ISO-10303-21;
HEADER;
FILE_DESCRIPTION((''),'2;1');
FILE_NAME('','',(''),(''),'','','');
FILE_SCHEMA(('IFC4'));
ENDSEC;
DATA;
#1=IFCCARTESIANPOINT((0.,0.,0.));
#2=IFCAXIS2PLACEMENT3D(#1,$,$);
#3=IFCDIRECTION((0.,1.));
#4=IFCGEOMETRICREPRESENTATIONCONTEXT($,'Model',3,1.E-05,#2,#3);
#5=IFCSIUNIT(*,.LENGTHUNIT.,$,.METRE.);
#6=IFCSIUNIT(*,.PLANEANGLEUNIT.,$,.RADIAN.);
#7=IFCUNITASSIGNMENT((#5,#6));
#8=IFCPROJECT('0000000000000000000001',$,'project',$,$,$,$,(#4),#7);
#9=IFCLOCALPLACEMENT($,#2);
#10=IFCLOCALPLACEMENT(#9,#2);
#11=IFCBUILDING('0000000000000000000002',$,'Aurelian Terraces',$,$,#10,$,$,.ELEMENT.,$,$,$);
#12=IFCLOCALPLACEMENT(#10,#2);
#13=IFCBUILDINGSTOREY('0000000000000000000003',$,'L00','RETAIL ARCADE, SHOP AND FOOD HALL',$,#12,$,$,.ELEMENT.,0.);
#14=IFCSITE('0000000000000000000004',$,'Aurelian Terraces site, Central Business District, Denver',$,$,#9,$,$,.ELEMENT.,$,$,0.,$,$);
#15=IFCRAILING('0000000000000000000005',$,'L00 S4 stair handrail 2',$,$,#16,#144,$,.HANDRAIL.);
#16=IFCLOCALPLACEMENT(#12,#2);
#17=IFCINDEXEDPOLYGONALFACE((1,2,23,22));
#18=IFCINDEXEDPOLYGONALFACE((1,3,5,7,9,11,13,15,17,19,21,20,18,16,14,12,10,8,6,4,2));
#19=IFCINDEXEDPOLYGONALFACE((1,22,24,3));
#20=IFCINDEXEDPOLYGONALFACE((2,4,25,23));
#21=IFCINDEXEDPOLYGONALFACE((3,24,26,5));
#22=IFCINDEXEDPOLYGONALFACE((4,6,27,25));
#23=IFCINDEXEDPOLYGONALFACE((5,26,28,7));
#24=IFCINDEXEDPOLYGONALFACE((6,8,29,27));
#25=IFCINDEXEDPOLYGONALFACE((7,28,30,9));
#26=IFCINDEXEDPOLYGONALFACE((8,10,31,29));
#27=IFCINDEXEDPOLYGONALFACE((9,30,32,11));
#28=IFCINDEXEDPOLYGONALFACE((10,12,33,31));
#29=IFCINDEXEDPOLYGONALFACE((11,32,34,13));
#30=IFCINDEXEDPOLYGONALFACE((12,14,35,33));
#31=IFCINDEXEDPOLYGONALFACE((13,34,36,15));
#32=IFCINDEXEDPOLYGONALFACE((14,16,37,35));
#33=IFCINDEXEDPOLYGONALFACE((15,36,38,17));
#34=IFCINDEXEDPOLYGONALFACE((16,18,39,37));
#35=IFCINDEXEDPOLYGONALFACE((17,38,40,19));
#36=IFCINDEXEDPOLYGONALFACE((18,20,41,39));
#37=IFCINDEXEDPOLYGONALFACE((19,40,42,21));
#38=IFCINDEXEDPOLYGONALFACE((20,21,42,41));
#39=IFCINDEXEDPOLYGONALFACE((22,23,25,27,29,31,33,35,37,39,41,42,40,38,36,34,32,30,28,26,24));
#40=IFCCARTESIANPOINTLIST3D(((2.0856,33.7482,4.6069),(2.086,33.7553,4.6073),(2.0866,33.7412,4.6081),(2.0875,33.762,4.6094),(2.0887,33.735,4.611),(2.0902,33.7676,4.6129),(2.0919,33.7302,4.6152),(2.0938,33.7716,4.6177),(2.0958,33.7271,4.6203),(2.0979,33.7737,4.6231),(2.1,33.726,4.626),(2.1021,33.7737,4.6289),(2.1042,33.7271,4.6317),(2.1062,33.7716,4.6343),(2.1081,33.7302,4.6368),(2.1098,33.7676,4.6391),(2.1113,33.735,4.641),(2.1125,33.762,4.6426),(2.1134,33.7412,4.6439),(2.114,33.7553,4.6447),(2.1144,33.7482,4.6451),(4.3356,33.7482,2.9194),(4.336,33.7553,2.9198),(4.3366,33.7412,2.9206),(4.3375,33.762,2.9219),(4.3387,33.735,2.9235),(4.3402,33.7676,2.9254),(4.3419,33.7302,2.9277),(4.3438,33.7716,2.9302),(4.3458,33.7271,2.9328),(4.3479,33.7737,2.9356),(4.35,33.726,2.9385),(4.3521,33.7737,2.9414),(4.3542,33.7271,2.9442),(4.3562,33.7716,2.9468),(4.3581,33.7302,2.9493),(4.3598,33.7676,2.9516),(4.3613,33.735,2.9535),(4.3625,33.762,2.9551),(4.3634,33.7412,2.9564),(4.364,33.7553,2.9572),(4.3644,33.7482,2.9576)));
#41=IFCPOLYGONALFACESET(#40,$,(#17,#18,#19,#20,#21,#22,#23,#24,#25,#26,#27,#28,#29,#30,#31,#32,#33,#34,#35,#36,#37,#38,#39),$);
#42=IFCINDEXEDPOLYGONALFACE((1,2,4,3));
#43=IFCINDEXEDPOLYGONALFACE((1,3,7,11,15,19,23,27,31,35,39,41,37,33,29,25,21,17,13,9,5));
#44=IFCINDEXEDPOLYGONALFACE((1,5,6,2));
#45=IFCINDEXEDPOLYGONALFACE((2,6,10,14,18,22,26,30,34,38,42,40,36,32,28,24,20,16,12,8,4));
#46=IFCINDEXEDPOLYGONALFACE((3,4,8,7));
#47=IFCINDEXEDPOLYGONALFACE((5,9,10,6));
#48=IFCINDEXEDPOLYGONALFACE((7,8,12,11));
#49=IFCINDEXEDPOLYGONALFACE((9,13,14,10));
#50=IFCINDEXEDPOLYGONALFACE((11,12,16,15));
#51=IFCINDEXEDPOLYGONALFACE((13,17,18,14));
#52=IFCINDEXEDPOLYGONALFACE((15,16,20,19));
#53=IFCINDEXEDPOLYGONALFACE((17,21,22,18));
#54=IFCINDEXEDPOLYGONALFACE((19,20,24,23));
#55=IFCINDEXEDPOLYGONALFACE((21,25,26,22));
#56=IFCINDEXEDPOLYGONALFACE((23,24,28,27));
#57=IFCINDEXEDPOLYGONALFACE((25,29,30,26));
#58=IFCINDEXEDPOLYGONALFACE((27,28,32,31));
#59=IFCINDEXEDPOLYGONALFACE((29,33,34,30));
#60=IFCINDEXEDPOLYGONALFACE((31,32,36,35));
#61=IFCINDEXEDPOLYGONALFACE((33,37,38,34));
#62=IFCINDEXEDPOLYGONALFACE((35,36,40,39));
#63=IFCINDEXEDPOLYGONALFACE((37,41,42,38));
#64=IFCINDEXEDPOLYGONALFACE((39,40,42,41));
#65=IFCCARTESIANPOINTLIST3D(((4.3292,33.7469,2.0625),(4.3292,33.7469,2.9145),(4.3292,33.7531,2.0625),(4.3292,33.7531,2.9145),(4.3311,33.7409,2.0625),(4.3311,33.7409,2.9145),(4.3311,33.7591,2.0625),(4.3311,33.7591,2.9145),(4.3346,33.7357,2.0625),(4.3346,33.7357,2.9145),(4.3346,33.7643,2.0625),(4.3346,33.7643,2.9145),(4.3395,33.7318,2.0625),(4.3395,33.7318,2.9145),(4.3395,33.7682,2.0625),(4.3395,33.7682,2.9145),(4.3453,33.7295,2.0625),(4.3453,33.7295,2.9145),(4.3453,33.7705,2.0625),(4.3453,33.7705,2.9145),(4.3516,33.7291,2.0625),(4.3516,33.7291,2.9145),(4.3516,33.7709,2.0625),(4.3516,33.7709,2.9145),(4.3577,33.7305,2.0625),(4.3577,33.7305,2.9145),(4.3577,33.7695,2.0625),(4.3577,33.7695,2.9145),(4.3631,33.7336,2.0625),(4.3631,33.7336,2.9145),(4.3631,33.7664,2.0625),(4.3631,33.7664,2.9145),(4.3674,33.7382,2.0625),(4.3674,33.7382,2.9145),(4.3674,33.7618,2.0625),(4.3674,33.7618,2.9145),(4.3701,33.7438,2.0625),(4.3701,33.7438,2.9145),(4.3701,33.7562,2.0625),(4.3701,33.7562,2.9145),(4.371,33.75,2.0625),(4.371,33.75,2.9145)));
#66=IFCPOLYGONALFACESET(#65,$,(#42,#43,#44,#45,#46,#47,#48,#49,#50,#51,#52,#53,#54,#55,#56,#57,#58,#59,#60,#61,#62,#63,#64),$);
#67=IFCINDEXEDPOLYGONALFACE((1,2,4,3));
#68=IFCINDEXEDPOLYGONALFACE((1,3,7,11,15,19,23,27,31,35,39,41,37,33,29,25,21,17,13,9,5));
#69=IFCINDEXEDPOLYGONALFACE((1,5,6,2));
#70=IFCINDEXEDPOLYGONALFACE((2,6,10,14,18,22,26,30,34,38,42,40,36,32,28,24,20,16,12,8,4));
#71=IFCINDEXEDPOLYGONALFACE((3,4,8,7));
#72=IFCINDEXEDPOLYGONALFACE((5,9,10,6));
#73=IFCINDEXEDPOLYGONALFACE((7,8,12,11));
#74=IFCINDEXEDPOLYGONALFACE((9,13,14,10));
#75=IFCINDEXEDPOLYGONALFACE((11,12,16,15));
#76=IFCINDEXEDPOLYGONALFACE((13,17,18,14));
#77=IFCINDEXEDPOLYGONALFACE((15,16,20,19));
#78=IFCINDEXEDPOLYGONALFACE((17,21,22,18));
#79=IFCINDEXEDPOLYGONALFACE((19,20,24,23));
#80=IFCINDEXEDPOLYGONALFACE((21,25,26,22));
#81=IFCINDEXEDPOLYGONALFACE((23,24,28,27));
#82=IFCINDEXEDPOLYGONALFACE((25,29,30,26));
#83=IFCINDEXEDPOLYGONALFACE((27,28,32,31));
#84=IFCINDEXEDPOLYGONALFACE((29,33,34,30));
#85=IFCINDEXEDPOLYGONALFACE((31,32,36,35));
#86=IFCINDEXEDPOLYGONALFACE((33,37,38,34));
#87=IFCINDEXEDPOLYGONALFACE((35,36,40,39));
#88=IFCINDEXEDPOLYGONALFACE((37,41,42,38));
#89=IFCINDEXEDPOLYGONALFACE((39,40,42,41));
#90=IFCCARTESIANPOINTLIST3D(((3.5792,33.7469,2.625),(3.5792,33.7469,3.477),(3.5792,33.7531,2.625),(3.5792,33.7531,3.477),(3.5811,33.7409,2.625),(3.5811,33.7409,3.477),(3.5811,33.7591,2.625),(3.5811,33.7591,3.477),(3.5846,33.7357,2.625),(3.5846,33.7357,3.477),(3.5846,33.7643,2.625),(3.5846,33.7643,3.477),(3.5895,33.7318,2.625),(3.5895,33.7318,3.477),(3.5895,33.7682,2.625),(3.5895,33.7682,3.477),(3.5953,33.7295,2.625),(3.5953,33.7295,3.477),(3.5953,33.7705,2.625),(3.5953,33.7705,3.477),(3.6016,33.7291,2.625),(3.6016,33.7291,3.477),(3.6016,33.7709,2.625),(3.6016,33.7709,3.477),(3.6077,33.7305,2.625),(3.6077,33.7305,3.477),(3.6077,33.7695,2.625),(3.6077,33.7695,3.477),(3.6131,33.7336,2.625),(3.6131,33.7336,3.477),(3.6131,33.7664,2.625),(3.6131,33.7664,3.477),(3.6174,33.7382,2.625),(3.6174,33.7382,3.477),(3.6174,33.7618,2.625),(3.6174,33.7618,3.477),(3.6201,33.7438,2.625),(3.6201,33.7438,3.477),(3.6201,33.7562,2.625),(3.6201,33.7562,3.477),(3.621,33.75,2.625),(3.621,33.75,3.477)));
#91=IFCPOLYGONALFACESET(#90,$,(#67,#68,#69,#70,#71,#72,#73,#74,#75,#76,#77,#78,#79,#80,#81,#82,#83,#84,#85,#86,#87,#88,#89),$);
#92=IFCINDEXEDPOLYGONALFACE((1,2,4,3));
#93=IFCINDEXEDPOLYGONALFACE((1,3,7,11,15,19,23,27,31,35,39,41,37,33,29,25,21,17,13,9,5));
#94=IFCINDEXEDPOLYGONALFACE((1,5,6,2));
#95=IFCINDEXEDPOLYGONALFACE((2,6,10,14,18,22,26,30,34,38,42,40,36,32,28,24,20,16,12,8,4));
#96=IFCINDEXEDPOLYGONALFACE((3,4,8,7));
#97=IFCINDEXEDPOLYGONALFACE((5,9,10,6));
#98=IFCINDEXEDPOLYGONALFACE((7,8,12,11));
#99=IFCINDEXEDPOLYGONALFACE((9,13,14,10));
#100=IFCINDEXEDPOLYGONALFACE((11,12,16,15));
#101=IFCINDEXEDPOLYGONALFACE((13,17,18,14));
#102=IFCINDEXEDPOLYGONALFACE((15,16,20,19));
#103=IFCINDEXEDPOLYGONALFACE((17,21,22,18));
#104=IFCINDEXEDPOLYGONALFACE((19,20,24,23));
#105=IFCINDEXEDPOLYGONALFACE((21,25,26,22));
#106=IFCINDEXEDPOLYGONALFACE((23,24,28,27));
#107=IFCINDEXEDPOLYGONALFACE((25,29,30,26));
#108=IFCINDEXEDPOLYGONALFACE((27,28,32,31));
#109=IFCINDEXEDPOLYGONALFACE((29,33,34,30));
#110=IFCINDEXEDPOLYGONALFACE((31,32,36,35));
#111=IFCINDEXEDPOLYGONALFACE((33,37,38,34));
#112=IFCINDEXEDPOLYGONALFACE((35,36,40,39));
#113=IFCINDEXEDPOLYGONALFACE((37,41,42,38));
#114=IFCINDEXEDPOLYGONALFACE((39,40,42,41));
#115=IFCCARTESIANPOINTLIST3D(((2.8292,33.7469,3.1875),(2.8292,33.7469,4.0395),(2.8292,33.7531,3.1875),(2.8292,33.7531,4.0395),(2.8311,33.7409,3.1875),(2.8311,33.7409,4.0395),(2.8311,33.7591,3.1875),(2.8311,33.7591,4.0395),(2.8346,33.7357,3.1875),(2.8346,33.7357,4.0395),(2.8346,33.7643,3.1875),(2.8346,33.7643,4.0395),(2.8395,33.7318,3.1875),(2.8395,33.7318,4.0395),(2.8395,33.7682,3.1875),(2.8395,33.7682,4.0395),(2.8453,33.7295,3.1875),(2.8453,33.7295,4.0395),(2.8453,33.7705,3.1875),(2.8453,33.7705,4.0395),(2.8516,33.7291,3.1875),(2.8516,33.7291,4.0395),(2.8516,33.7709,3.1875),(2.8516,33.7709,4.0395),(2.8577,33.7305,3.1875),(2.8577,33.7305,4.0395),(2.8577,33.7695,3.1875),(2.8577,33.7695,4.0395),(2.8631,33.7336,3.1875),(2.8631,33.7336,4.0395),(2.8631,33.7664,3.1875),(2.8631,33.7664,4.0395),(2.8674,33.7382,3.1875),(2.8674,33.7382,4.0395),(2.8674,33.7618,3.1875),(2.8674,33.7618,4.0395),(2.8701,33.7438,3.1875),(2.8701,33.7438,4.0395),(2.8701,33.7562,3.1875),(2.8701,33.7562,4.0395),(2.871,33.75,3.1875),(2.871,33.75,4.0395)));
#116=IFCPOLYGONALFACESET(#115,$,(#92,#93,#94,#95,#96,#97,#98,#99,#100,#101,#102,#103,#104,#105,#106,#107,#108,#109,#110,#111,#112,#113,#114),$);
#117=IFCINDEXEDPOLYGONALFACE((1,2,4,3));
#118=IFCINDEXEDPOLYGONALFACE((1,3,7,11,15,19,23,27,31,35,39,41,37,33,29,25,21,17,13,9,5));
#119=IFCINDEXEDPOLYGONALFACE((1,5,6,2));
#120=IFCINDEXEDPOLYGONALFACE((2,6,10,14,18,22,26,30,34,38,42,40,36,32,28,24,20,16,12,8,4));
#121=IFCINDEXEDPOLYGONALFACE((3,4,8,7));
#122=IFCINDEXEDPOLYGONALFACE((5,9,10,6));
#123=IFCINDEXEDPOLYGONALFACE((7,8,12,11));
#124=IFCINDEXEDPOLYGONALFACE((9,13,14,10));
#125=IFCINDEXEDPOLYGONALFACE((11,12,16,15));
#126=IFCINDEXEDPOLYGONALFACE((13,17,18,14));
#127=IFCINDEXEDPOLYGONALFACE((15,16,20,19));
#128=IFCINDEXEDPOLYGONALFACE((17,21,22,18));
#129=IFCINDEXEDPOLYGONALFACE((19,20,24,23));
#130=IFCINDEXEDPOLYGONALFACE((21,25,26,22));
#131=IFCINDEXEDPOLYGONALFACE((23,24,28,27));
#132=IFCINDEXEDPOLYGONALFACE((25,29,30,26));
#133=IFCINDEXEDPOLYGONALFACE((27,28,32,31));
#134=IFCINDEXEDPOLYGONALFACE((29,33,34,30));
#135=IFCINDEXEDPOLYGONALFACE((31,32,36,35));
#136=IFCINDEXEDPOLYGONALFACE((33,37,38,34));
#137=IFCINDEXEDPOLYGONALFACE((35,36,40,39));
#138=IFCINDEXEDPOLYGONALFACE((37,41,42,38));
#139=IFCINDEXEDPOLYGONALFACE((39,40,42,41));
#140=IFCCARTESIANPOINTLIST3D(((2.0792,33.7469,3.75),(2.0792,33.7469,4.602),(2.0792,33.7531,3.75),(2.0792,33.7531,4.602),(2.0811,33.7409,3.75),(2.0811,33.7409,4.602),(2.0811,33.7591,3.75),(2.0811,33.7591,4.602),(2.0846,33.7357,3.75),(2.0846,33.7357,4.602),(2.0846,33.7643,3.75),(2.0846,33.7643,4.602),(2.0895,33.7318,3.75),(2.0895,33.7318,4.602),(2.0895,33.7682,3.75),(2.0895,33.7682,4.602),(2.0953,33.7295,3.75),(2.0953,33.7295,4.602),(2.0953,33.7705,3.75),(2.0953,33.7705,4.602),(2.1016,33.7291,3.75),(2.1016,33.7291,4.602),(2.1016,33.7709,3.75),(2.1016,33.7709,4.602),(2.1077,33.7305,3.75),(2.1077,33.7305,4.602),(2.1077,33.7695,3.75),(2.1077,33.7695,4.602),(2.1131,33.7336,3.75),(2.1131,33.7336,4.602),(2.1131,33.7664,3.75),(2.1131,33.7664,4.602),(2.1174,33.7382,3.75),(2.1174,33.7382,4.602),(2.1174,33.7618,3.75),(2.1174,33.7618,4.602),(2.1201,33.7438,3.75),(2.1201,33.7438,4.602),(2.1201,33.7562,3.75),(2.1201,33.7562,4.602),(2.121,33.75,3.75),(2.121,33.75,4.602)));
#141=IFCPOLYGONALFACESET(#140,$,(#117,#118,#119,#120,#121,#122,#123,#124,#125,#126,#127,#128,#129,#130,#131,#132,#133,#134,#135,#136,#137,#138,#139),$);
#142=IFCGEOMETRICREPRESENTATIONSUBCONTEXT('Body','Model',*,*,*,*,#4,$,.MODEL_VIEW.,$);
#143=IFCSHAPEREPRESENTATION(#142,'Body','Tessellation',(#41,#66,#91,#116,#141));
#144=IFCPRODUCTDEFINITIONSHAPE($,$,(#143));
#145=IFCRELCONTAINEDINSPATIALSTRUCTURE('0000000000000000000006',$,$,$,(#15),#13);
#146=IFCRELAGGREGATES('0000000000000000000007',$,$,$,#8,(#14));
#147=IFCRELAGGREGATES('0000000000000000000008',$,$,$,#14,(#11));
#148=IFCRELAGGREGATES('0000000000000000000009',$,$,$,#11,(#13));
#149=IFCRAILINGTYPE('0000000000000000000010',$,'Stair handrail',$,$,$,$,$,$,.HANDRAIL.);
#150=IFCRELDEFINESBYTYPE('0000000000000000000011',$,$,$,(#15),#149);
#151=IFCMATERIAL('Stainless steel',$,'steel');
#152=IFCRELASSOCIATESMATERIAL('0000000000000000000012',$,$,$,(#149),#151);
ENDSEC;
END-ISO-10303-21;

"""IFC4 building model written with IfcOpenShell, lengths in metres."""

from ifc_helpers import new_model, si_unit, direction, frame, origin, origin_2d, place, context, subcontext, project, spatial, circle, extrude, source, transform, mapped, material, type_object, element, save


model = new_model("IFC4")

# Units and contexts
model_context = context("Model", 3, precision=1e-05, world=origin(), true_north=direction((0.0, 1.0)))
body_context = subcontext(model_context, "Body", "Model", "MODEL_VIEW")
ifc_project = project(units=[si_unit("LENGTHUNIT", "METRE"), si_unit("PLANEANGLEUNIT", "RADIAN")], contexts=[model_context])

# Site, building, storey
site_placement = place(None, origin())
site = spatial("IfcSite", under=ifc_project, at=site_placement, Name="Aurelian Terraces site, Central Business District, Denver", CompositionType="ELEMENT", RefElevation=0.0)
building_placement = place(site_placement, origin())
building = spatial("IfcBuilding", under=site, at=building_placement, Name="Aurelian Terraces", CompositionType="ELEMENT")
storey_placement = place(building_placement, origin())
storey = spatial("IfcBuildingStorey", under=building, at=storey_placement, Name="L00", Description="RETAIL ARCADE, SHOP AND FOOD HALL", CompositionType="ELEMENT", Elevation=0.0)

# Railing
ifc_material_1 = material(Name="Stainless steel", Category="steel")
railing_type_1 = type_object("IfcRailingType", Name="Stair handrail", PredefinedType="HANDRAIL", material=ifc_material_1)
shared_shape_1 = source(origin(), body_context, "Body", "SweptSolid", [
    extrude(circle(Radius=0.024, at=origin_2d()), frame((0.0, 0.0, 0.876), z_axis=(-0.8, 0.0, 0.6), x_axis=(0.0, -1.0, 0.0)), (0.0, 0.0, 1.0), 2.8125),
    extrude(circle(Radius=0.021, at=origin_2d()), origin(), (0.0, 0.0, 1.0), 0.852),
    extrude(circle(Radius=0.021, at=origin_2d()), frame((-0.75, 0.0, 0.5625)), (0.0, 0.0, 1.0), 0.852),
    extrude(circle(Radius=0.021, at=origin_2d()), frame((-1.5, 0.0, 1.125)), (0.0, 0.0, 1.0), 0.852),
    extrude(circle(Radius=0.021, at=origin_2d()), frame((-2.25, 0.0, 1.6875)), (0.0, 0.0, 1.0), 0.852),
])
for number, where, name in (
    (1, (4.35, 33.75, 2.0625), "L00 S4 stair handrail 2"),
):
    element("IfcRailing", number, at=place(storey_placement, frame(where)), inside=storey, type_object=railing_type_1, Name=name, PredefinedType="HANDRAIL", context=body_context, shape_type="MappedRepresentation", body=[
        mapped(shared_shape_1, transform((0.0, 0.0, 0.0), scale=1.0)),
    ])

save(model, "model.ifc")
